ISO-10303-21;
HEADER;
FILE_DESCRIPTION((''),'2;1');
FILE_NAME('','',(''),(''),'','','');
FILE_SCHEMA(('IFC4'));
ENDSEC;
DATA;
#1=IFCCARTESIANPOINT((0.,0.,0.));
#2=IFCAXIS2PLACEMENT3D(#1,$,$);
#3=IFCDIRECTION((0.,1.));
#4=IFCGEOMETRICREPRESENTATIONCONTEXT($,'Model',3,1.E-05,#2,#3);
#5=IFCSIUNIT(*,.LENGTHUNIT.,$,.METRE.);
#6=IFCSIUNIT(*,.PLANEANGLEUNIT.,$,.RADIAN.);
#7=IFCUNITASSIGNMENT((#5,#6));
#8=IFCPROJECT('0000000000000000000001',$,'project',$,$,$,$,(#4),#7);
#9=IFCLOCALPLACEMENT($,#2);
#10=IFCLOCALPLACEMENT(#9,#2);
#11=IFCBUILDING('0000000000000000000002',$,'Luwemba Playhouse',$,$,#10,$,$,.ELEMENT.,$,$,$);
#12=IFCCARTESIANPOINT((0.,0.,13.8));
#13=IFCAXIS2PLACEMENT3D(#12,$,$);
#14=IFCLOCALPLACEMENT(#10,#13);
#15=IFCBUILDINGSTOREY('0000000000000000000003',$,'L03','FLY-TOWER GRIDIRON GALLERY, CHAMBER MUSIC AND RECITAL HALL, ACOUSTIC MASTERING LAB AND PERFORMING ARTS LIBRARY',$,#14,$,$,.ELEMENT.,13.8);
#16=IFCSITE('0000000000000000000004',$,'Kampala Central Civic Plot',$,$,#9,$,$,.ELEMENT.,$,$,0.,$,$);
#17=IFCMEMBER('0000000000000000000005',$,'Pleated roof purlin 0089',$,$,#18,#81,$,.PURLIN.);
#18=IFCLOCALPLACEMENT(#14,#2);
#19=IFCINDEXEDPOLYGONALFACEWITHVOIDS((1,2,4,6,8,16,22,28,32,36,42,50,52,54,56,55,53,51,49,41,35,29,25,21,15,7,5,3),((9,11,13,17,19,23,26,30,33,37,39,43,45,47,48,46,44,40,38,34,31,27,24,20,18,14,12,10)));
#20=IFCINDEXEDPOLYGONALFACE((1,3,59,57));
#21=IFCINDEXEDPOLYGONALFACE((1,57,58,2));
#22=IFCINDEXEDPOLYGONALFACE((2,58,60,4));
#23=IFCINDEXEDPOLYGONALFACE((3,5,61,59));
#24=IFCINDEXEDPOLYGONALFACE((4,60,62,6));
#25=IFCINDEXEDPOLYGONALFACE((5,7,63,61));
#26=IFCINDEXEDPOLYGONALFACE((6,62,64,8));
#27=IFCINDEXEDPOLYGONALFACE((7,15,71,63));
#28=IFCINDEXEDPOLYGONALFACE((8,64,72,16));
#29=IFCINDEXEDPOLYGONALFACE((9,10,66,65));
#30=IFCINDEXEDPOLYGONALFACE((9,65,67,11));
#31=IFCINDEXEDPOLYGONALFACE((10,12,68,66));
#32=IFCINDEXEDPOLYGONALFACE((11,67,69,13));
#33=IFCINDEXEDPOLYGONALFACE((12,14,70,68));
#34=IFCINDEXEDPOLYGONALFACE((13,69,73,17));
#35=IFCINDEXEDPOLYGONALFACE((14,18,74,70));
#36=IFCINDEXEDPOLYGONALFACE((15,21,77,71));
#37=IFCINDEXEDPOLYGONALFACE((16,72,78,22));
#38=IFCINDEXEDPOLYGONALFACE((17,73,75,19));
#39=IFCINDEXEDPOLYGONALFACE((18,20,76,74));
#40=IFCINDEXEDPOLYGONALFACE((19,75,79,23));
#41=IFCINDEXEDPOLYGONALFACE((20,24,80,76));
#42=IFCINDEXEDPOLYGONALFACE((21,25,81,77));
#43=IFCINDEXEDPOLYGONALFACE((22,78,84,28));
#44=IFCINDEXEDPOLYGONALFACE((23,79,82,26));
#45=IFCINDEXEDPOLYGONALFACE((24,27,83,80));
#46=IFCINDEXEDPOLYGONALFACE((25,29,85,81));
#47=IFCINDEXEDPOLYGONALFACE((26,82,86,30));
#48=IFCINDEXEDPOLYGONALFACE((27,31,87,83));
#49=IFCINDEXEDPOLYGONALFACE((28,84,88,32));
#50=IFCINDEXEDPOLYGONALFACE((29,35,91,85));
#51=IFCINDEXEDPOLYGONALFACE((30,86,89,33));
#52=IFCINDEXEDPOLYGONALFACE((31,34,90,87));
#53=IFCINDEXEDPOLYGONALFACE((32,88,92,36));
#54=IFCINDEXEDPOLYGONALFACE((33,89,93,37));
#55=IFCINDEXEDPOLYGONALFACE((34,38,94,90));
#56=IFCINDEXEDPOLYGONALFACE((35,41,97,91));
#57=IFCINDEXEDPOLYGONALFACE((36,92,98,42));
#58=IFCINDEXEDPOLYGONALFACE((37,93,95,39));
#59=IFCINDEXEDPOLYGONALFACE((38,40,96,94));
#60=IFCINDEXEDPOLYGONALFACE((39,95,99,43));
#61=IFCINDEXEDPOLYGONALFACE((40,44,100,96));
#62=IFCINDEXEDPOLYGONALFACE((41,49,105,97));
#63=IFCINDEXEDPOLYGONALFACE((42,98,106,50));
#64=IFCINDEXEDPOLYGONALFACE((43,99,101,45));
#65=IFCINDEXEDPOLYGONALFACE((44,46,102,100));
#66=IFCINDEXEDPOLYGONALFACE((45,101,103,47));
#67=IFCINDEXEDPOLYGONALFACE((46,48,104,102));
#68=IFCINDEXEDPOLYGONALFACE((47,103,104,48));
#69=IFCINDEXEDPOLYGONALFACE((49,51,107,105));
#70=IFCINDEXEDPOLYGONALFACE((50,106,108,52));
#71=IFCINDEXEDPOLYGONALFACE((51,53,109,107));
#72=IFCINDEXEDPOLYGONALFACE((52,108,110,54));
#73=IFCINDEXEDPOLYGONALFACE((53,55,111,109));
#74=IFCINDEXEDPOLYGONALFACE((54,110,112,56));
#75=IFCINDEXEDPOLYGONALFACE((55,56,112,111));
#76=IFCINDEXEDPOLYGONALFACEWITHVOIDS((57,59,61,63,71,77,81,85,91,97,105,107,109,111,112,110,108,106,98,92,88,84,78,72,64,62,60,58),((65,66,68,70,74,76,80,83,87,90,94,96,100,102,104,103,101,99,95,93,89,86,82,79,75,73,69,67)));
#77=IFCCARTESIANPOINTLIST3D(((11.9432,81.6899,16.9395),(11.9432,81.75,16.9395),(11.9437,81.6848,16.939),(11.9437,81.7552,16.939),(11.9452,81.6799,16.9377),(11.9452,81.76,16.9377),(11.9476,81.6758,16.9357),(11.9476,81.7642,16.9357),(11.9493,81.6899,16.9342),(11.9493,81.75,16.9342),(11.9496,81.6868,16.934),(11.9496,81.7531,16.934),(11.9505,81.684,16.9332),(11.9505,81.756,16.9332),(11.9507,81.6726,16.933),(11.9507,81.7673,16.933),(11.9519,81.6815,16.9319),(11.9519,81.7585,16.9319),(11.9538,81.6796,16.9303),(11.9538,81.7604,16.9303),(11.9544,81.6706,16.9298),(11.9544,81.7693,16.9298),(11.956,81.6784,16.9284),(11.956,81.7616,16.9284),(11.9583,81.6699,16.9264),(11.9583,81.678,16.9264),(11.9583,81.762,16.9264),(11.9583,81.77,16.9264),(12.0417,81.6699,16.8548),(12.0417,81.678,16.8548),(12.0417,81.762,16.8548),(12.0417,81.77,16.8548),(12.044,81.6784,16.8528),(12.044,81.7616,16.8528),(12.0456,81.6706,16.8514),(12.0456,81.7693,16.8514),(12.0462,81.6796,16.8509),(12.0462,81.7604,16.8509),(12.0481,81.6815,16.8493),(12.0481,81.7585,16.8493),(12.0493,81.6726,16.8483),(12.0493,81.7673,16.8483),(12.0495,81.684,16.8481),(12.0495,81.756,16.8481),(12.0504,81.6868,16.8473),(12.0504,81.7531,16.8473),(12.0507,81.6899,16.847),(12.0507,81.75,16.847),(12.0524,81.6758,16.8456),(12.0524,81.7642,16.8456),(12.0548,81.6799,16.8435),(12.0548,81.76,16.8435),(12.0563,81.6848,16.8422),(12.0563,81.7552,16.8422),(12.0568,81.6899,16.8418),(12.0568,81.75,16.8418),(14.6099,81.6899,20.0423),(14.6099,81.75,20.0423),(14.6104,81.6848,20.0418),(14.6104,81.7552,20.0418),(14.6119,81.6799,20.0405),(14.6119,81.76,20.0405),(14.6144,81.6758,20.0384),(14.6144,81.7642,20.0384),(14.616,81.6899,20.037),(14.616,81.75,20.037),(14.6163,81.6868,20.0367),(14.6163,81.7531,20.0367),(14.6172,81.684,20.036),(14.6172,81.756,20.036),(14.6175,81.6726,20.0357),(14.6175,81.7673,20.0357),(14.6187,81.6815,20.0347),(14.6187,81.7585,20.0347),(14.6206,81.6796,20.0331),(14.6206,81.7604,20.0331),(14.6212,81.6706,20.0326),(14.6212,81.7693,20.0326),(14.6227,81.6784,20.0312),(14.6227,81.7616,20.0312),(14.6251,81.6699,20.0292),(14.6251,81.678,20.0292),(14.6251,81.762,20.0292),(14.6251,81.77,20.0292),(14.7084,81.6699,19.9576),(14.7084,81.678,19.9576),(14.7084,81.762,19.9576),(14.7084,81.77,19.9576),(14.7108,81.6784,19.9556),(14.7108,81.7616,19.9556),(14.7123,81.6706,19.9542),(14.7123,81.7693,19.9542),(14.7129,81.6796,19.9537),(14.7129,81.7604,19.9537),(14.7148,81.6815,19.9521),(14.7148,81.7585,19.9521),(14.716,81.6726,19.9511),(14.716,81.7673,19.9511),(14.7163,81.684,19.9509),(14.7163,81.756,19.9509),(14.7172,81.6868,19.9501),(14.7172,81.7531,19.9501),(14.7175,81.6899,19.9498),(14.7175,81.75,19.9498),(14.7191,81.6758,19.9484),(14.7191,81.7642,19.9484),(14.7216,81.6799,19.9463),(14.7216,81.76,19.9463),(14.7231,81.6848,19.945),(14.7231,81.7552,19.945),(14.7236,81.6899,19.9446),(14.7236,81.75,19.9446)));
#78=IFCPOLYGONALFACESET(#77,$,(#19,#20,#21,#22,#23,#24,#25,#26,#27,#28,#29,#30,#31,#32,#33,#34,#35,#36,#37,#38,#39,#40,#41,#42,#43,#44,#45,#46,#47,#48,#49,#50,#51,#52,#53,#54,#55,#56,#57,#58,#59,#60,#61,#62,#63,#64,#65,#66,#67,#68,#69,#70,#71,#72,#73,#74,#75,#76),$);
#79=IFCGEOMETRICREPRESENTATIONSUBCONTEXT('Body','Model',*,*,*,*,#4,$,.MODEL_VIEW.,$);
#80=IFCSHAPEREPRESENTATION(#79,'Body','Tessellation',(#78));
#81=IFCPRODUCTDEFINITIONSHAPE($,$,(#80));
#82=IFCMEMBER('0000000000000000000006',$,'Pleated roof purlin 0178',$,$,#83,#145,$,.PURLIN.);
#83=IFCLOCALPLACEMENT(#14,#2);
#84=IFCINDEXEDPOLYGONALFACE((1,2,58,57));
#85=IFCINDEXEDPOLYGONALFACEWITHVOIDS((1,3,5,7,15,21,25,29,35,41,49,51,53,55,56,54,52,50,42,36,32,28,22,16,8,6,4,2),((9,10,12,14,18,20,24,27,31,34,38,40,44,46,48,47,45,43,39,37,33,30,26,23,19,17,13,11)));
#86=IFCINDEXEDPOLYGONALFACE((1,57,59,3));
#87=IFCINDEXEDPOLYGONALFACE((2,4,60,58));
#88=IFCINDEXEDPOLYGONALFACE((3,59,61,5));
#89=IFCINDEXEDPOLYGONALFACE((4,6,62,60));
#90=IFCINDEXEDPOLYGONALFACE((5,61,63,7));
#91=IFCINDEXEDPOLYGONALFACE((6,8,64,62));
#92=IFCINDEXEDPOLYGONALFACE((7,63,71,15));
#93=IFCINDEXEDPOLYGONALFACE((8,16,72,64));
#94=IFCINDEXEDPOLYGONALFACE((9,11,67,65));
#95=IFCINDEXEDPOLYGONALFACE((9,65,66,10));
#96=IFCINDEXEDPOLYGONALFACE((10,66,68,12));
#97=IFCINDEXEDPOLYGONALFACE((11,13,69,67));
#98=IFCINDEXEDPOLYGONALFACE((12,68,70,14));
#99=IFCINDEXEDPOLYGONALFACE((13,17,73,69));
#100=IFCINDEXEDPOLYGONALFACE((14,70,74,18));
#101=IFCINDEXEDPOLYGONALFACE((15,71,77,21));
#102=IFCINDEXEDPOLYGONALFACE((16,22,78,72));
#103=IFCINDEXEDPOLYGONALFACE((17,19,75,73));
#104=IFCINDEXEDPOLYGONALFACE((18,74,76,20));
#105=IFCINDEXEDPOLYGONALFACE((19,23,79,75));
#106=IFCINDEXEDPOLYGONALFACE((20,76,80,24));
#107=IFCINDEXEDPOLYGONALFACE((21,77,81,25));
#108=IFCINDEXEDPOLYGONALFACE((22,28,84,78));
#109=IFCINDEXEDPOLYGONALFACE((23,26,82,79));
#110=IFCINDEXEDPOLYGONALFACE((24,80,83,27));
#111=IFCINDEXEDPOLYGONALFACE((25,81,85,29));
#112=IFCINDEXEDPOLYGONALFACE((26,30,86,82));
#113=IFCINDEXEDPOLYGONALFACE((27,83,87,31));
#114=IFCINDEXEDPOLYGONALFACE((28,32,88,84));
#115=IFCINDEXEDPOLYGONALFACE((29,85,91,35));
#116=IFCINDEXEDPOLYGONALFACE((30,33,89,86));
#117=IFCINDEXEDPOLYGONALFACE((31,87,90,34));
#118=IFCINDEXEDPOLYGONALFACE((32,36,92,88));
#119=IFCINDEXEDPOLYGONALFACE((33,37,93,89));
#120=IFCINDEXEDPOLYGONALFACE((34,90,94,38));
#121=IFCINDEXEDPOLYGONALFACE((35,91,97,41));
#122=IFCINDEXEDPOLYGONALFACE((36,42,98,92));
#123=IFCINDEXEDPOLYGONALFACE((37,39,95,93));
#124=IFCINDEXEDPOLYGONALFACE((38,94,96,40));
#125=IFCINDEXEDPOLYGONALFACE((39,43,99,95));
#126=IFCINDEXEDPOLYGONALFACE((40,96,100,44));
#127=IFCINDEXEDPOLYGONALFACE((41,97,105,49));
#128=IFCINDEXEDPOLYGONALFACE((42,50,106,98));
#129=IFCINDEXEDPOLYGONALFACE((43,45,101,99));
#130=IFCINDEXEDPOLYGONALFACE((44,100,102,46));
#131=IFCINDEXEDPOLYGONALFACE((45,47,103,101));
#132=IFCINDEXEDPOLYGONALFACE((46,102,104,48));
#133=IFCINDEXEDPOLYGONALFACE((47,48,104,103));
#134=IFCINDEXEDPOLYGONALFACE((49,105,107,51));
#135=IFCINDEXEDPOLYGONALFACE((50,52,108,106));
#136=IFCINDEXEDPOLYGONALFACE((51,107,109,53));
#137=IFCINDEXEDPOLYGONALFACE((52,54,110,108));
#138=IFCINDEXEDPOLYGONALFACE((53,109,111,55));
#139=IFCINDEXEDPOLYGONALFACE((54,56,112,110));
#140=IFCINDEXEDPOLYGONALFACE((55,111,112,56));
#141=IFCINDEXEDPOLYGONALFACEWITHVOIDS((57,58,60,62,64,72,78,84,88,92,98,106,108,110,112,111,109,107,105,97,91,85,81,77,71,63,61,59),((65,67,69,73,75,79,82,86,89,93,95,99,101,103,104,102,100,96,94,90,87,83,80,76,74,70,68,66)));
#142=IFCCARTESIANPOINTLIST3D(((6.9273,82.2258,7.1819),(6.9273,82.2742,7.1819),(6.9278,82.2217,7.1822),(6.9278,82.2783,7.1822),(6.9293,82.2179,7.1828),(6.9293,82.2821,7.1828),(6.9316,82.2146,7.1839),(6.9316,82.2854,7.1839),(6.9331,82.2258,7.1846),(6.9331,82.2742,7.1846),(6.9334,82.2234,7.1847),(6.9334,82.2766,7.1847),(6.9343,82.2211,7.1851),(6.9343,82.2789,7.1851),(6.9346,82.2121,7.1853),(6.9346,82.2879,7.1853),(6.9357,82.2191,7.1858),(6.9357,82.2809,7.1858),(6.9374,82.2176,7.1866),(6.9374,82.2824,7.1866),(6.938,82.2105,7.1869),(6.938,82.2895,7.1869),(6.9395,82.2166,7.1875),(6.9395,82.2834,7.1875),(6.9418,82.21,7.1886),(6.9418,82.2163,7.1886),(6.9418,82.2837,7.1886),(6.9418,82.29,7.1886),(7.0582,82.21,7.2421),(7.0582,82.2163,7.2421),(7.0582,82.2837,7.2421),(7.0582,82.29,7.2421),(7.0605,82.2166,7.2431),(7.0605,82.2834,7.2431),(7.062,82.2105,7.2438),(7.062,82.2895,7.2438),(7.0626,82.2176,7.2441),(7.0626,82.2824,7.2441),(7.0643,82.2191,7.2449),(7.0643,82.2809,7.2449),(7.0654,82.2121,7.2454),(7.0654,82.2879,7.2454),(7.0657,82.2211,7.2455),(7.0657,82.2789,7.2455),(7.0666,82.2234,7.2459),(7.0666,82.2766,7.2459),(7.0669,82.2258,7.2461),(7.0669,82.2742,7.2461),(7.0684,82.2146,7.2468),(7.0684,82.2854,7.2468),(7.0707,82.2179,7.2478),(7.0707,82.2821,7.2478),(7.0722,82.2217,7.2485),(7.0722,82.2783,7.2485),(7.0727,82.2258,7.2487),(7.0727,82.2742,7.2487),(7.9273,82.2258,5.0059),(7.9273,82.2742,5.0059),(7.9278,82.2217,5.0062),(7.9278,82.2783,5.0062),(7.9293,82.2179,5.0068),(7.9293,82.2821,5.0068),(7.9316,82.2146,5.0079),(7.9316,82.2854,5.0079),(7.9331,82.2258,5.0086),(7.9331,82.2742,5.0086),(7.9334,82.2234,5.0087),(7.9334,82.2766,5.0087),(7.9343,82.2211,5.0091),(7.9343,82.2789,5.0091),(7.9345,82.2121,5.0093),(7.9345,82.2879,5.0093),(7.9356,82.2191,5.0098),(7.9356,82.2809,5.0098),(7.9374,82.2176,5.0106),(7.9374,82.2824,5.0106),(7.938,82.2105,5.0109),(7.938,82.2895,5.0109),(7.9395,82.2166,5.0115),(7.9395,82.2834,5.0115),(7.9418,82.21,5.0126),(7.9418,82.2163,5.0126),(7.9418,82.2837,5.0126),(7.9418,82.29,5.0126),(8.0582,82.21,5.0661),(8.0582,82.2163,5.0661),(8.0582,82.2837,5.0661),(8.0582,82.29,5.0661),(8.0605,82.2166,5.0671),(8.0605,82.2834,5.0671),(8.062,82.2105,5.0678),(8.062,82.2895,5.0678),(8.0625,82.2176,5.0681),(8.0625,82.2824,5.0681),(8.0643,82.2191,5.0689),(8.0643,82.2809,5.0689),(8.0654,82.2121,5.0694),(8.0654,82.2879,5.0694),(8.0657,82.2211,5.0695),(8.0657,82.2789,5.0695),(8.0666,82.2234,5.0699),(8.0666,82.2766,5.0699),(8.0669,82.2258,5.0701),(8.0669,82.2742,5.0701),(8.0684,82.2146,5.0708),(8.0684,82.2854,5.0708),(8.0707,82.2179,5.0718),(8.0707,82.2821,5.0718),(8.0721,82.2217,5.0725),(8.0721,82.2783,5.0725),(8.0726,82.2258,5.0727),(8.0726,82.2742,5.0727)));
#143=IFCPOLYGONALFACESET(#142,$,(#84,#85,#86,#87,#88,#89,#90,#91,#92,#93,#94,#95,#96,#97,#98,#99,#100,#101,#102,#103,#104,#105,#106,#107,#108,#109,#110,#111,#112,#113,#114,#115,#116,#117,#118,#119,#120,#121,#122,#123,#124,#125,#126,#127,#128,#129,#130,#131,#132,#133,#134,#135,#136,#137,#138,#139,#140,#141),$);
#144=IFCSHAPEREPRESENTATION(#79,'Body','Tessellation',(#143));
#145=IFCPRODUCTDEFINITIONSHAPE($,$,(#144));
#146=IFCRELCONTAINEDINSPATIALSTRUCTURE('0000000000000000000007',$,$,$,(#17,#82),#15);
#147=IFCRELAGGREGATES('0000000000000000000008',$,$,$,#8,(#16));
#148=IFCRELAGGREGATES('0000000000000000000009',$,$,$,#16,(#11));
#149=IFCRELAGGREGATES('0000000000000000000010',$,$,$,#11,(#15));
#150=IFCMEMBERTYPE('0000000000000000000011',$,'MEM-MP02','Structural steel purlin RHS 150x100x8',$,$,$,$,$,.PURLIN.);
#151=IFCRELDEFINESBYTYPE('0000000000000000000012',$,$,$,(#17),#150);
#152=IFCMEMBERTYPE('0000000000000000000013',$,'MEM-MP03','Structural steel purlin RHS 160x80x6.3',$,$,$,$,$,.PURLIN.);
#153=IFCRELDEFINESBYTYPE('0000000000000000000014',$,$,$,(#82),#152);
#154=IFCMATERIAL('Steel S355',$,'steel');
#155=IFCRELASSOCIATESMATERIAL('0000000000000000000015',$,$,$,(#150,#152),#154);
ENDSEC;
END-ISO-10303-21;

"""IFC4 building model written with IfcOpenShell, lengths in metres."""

from ifc_helpers import new_model, si_unit, direction, frame, origin, origin_2d, place, context, subcontext, project, spatial, hollow_rectangle, extrude, material, material_profile, profile_set, type_object, element, save


model = new_model("IFC4")

# Units and contexts
model_context = context("Model", 3, precision=1e-05, world=origin(), true_north=direction((0.0, 1.0)))
body_context = subcontext(model_context, "Body", "Model", "MODEL_VIEW")
ifc_project = project(units=[si_unit("LENGTHUNIT", "METRE"), si_unit("PLANEANGLEUNIT", "RADIAN")], contexts=[model_context])

# Site, building, storey
site_placement = place(None, origin())
site = spatial("IfcSite", under=ifc_project, at=site_placement, Name="Kampala Central Civic Plot", CompositionType="ELEMENT", RefElevation=0.0)
building_placement = place(site_placement, origin())
building = spatial("IfcBuilding", under=site, at=building_placement, Name="Luwemba Playhouse", CompositionType="ELEMENT")
storey_placement = place(building_placement, frame((0.0, 0.0, 13.8)))
storey = spatial("IfcBuildingStorey", under=building, at=storey_placement, Name="L03", Description="FLY-TOWER GRIDIRON GALLERY, CHAMBER MUSIC AND RECITAL HALL, ACOUSTIC MASTERING LAB AND PERFORMING ARTS LIBRARY", CompositionType="ELEMENT", Elevation=13.8)

# Shared definitions
ifc_material_1 = material(Name="Steel S355", Category="steel")

# Members
ifc_material_profile_1 = material_profile(ifc_material_1, hollow_rectangle(XDim=0.1001, YDim=0.1499, WallThickness=0.0081, InnerFilletRadius=0.012, OuterFilletRadius=0.02, at=origin_2d()))
ifc_profile_set_1 = profile_set([ifc_material_profile_1], Name="Steel S355")
member_type_1 = type_object("IfcMemberType", Name="MEM-MP02", Description="Structural steel purlin RHS 150x100x8", PredefinedType="PURLIN", material=ifc_profile_set_1)
member_placement = place(storey_placement, frame((12.0, 81.72, 16.8906), z_axis=(0.651808, 0.0, 0.758384), x_axis=(0.0, 1.0, 0.0)))
element("IfcMember", 1, at=member_placement, inside=storey, type_object=member_type_1, Name="Pleated roof purlin 0089", PredefinedType="PURLIN", context=body_context, shape_type="SweptSolid", body=[
    extrude(hollow_rectangle(XDim=0.1001, YDim=0.1499, WallThickness=0.0081, InnerFilletRadius=0.012, OuterFilletRadius=0.02, at=origin_2d()), origin(), (0.0, 0.0, 1.0), 4.0913),
])
ifc_material_profile_2 = material_profile(ifc_material_1, hollow_rectangle(XDim=0.0801, YDim=0.1599, WallThickness=0.0063, InnerFilletRadius=0.0095, OuterFilletRadius=0.0159, at=origin_2d()))
ifc_profile_set_2 = profile_set([ifc_material_profile_2], Name="Steel S355")
member_type_2 = type_object("IfcMemberType", Name="MEM-MP03", Description="Structural steel purlin RHS 160x80x6.3", PredefinedType="PURLIN", material=ifc_profile_set_2)
for number, where, z_axis, x_axis, name in (
    (2, (7.0, 82.25, 7.2153), (0.417571, 0.0, -0.908644), (0.0, 1.0, 0.0), "Pleated roof purlin 0178"),
):
    element("IfcMember", number, at=place(storey_placement, frame(where, z_axis=z_axis, x_axis=x_axis)), inside=storey, type_object=member_type_2, Name=name, PredefinedType="PURLIN", context=body_context, shape_type="SweptSolid", body=[
        extrude(hollow_rectangle(XDim=0.0801, YDim=0.1599, WallThickness=0.0063, InnerFilletRadius=0.0095, OuterFilletRadius=0.0159, at=origin_2d()), origin(), (0.0, 0.0, 1.0), 2.3948),
    ])

save(model, "model.ifc")
